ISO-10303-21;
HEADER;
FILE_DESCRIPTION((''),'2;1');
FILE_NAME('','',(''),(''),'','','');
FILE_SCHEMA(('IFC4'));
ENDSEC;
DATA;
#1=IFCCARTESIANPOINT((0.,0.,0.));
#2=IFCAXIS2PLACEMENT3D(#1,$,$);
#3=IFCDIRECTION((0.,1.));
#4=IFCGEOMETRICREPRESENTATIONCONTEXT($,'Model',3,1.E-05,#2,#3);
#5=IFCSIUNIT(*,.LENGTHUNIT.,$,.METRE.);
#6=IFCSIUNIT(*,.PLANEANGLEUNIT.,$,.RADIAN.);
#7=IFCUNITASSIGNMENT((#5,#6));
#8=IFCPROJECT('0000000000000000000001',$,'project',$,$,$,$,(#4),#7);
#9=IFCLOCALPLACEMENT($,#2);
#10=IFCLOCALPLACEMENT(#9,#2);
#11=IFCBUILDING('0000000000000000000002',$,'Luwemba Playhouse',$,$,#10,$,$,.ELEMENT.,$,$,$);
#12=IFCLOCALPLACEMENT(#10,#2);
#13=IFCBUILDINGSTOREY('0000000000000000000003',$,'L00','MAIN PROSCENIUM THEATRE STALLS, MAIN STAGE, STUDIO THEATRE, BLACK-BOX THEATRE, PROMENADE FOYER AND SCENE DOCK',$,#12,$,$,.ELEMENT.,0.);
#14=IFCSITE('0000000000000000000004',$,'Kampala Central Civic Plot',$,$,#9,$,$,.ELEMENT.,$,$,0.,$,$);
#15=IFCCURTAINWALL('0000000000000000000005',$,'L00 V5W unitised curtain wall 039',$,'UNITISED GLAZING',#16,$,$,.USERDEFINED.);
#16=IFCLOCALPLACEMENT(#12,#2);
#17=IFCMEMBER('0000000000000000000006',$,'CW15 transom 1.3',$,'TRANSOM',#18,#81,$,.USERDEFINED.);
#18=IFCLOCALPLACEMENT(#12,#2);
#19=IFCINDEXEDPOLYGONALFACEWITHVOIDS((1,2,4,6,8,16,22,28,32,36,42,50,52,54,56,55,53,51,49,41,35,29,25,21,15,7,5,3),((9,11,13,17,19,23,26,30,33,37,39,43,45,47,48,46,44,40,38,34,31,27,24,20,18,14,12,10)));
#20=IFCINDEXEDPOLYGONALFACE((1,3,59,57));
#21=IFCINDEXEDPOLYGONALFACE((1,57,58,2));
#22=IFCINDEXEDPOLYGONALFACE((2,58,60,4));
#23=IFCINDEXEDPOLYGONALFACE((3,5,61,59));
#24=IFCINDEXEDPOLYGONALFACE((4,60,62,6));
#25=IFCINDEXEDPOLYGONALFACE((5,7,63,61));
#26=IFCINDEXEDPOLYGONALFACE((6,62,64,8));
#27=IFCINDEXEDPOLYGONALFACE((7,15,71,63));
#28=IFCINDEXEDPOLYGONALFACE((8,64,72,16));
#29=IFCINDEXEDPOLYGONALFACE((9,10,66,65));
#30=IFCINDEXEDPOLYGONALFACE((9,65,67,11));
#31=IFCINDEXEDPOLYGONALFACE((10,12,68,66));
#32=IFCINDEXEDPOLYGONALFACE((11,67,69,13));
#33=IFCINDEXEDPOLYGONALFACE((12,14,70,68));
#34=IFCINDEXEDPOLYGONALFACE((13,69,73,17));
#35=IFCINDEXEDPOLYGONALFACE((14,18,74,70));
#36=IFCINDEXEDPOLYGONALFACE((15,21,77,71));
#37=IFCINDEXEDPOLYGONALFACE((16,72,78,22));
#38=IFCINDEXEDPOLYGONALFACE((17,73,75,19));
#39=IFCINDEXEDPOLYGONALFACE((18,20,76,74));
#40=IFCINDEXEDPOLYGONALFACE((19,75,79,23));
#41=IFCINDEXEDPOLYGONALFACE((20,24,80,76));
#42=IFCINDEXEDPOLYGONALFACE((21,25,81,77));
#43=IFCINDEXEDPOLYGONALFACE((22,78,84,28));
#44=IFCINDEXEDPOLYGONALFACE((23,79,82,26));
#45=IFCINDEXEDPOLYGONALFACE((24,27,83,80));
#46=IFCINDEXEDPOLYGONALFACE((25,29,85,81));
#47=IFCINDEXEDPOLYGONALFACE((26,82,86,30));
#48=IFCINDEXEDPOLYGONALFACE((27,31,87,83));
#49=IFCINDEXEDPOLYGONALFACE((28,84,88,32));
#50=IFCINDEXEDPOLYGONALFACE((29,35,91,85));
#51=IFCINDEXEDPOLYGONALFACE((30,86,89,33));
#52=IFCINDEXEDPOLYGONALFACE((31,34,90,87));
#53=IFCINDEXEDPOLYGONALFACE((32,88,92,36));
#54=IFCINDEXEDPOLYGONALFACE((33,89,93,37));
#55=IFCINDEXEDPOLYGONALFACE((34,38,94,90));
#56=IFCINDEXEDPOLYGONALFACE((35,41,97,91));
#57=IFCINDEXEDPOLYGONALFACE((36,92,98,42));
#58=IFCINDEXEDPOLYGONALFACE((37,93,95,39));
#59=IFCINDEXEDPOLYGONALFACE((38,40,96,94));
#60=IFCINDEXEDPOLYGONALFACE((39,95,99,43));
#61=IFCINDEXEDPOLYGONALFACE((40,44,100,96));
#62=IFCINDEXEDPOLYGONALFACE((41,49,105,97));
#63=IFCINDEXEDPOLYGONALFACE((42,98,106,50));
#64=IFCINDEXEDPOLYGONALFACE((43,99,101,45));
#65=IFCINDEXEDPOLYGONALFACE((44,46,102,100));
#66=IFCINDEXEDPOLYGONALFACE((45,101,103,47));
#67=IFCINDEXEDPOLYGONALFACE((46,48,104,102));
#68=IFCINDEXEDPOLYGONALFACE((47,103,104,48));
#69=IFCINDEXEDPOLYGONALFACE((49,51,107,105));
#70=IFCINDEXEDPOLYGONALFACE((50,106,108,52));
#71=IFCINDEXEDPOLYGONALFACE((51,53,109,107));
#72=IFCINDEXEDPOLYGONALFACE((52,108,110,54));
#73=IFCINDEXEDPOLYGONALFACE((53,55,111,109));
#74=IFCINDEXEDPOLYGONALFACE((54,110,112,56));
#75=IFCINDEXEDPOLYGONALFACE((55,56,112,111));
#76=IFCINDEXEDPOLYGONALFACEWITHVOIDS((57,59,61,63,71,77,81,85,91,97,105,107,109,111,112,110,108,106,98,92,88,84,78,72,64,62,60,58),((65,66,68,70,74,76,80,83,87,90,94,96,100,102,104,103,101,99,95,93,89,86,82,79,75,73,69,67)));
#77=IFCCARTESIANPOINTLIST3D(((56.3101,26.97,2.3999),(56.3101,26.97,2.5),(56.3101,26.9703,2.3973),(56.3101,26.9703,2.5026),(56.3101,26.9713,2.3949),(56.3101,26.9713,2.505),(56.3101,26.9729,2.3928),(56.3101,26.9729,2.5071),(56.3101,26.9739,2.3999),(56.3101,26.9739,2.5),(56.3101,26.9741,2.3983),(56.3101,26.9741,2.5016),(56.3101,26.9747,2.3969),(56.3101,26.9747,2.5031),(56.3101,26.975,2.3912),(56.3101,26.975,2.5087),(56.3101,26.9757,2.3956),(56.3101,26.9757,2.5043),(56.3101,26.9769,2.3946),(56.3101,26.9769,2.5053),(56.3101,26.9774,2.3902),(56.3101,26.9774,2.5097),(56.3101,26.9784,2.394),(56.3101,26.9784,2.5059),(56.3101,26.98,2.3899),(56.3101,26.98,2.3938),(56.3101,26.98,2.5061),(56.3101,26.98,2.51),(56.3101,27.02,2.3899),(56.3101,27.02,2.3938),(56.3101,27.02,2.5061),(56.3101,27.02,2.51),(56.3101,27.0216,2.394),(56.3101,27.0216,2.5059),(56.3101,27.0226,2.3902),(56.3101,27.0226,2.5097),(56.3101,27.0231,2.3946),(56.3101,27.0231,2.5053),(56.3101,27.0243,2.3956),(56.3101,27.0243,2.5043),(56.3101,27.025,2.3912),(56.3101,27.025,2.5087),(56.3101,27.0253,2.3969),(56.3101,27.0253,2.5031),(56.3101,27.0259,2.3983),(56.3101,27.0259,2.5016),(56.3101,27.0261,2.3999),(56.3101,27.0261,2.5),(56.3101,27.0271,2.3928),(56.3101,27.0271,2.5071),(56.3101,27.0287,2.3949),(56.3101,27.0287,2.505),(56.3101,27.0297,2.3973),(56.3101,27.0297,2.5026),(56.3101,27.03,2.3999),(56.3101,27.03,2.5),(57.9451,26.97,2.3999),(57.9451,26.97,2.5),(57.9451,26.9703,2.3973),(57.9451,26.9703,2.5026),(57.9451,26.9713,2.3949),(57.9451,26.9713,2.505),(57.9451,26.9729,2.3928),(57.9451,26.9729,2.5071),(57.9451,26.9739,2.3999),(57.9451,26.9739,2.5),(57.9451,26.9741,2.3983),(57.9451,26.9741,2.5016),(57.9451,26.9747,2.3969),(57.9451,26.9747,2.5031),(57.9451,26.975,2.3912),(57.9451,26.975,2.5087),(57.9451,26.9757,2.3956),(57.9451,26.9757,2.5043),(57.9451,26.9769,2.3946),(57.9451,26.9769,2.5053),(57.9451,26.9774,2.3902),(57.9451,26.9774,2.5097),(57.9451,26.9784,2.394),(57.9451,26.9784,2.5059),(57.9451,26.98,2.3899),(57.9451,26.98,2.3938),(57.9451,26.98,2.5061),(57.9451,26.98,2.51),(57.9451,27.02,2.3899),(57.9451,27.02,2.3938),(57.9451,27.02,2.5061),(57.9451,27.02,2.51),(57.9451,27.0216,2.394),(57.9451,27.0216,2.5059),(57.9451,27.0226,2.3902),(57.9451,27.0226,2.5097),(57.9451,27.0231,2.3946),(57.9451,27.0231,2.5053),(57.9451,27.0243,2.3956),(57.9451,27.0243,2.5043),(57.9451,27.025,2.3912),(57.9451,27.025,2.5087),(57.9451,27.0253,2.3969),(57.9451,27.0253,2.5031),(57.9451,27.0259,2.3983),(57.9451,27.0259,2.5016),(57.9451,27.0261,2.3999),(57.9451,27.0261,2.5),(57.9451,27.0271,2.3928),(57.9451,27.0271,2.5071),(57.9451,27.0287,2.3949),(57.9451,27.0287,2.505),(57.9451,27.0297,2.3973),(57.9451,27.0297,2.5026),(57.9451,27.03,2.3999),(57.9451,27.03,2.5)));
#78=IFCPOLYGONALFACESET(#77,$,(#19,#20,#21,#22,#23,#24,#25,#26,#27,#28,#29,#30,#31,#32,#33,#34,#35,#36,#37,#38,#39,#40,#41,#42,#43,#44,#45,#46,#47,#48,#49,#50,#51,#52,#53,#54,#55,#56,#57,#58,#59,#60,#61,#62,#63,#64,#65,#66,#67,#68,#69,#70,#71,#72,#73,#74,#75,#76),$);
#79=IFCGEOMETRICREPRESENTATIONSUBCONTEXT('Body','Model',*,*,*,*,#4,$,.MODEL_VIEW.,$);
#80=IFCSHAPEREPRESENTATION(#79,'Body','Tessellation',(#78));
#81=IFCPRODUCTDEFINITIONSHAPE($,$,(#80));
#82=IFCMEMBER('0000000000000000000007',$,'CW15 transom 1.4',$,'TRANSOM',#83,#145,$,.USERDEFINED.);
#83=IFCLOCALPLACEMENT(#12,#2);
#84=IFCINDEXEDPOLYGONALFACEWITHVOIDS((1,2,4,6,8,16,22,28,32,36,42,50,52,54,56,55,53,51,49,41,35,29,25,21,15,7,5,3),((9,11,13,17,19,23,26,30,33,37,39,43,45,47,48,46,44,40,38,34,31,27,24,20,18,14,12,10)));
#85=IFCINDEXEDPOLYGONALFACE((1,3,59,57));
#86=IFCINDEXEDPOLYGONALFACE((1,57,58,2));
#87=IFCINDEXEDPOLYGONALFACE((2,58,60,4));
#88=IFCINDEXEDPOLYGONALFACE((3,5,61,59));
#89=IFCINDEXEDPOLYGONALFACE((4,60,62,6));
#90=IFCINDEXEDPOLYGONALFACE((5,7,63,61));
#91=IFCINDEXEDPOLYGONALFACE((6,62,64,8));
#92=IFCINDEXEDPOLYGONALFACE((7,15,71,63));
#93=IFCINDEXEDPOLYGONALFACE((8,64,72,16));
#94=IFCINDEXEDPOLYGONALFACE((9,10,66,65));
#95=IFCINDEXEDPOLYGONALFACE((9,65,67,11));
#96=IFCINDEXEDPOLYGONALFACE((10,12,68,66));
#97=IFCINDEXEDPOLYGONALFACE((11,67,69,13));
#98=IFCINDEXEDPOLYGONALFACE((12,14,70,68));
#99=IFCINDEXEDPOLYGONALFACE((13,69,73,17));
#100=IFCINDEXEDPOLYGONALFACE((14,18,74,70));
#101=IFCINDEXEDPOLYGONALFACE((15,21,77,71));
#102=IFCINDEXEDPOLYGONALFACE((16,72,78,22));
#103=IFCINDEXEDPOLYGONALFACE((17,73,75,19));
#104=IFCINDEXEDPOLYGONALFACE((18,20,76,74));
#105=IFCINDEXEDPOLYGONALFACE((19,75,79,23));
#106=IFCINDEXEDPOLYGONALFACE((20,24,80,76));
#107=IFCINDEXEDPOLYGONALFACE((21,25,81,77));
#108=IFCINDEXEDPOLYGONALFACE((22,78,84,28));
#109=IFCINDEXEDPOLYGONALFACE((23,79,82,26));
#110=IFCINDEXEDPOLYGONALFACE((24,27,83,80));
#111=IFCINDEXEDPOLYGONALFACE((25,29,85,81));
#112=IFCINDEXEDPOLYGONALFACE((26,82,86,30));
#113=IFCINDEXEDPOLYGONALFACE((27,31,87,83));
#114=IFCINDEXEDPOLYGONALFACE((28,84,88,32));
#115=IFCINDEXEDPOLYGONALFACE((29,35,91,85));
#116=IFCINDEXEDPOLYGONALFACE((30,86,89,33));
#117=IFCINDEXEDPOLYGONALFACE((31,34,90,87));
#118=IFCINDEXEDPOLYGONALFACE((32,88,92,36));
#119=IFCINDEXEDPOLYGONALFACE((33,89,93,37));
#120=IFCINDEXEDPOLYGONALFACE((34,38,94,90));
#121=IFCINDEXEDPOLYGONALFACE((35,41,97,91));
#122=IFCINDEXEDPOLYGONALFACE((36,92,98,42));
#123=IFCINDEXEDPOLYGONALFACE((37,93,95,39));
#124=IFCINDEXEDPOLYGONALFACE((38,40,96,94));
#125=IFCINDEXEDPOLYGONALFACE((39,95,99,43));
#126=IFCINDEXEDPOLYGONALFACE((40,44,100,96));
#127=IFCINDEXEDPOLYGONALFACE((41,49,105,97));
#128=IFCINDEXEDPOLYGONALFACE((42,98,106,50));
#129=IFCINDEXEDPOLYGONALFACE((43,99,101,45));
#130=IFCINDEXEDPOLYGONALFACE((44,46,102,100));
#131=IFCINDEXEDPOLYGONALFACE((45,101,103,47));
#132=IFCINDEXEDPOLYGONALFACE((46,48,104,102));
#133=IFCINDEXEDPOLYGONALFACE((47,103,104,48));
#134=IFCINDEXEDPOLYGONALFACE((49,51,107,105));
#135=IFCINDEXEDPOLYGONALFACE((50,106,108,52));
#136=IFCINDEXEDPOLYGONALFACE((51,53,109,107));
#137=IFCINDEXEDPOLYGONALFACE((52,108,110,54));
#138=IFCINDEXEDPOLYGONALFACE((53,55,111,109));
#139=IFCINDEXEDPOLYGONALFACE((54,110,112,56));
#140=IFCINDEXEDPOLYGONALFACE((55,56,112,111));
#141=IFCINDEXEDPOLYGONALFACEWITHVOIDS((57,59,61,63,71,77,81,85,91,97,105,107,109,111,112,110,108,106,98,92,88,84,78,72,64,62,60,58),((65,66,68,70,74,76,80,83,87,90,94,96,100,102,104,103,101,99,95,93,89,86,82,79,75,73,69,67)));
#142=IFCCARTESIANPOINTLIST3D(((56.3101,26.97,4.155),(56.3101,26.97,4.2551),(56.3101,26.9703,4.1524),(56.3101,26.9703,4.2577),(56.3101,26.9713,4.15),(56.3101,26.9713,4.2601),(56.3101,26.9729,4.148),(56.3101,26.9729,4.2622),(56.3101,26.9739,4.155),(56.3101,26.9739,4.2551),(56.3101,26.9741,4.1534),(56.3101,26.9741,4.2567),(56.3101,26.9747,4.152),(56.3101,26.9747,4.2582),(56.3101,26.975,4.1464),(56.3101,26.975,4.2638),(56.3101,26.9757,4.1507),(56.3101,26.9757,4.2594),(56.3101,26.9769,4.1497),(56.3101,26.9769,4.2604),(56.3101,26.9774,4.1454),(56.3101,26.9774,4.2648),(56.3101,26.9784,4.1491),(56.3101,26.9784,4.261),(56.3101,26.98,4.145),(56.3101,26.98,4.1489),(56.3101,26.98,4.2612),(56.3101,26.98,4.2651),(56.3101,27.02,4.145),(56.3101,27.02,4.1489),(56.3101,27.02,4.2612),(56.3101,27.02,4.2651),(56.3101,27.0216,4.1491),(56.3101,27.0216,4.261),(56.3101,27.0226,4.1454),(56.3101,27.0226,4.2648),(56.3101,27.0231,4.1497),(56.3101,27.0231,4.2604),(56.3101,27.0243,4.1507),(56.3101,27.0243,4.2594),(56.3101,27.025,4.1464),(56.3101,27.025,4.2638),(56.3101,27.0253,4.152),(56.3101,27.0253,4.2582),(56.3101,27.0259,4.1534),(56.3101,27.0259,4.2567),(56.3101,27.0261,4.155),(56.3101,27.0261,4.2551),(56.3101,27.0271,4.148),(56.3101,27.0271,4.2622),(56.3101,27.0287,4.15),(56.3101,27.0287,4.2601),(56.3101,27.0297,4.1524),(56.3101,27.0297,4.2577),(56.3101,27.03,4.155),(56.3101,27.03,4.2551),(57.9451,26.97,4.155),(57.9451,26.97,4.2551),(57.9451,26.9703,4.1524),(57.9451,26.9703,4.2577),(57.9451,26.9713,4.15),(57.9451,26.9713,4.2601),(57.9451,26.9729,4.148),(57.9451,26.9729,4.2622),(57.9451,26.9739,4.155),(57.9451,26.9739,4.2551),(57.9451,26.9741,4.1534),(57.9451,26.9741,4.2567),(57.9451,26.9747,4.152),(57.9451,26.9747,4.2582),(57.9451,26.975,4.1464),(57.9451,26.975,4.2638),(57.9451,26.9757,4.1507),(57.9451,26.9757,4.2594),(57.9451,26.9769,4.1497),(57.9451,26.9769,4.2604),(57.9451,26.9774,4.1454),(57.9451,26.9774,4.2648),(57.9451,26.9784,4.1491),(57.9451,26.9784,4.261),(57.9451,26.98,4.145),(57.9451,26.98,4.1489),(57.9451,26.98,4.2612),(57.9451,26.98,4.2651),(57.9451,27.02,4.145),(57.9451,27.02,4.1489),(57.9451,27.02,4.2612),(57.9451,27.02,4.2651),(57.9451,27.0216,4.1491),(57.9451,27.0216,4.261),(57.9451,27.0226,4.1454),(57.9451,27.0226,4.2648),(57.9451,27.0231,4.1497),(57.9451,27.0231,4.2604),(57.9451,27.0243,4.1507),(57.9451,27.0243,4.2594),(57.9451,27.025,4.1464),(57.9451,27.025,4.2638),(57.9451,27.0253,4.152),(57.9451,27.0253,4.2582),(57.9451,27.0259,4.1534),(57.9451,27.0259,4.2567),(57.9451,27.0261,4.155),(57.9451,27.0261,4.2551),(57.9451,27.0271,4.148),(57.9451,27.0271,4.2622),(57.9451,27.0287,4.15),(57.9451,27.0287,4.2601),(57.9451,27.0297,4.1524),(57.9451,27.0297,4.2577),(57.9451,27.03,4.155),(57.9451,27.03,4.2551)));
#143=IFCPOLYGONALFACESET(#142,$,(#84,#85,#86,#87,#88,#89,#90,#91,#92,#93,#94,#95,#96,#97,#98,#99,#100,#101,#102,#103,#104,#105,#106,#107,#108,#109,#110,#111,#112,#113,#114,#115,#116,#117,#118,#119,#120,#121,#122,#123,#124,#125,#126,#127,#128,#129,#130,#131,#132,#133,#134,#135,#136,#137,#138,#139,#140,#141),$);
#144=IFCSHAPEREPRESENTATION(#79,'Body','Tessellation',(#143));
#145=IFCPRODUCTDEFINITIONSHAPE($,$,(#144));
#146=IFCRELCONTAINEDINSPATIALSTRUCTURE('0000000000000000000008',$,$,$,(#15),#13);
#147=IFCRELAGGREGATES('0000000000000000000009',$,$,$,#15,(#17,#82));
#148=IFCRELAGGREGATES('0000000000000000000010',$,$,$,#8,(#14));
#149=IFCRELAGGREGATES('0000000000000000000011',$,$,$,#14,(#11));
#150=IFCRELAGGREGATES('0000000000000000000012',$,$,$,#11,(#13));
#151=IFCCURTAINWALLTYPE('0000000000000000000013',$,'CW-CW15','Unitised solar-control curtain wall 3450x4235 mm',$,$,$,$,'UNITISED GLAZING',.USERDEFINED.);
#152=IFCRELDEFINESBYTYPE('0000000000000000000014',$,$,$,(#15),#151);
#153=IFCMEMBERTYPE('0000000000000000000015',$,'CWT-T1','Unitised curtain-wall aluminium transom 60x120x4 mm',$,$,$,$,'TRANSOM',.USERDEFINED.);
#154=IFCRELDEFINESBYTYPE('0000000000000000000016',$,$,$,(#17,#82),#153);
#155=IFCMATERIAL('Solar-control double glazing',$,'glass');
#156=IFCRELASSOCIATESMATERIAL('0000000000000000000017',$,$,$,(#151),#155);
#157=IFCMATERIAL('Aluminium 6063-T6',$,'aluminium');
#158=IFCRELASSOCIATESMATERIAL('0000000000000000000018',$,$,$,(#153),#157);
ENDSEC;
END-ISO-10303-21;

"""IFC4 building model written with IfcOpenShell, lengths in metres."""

from ifc_helpers import new_model, si_unit, direction, frame, origin, origin_2d, place, context, subcontext, project, spatial, hollow_rectangle, extrude, material, material_profile, profile_set, type_object, element, aggregate, save


model = new_model("IFC4")

# Units and contexts
model_context = context("Model", 3, precision=1e-05, world=origin(), true_north=direction((0.0, 1.0)))
body_context = subcontext(model_context, "Body", "Model", "MODEL_VIEW")
ifc_project = project(units=[si_unit("LENGTHUNIT", "METRE"), si_unit("PLANEANGLEUNIT", "RADIAN")], contexts=[model_context])

# Site, building, storey
site_placement = place(None, origin())
site = spatial("IfcSite", under=ifc_project, at=site_placement, Name="Kampala Central Civic Plot", CompositionType="ELEMENT", RefElevation=0.0)
building_placement = place(site_placement, origin())
building = spatial("IfcBuilding", under=site, at=building_placement, Name="Luwemba Playhouse", CompositionType="ELEMENT")
storey_placement = place(building_placement, origin())
storey = spatial("IfcBuildingStorey", under=building, at=storey_placement, Name="L00", Description="MAIN PROSCENIUM THEATRE STALLS, MAIN STAGE, STUDIO THEATRE, BLACK-BOX THEATRE, PROMENADE FOYER AND SCENE DOCK", CompositionType="ELEMENT", Elevation=0.0)

# Curtain wall
ifc_material_1 = material(Name="Solar-control double glazing", Category="glass")
curtain_wall_type_1 = type_object("IfcCurtainWallType", Name="CW-CW15", Description="Unitised solar-control curtain wall 3450x4235 mm", ElementType="UNITISED GLAZING", PredefinedType="USERDEFINED", material=ifc_material_1)
curtain_wall_1_placement = place(storey_placement, origin())
curtain_wall_1 = element("IfcCurtainWall", 1, at=curtain_wall_1_placement, inside=storey, type_object=curtain_wall_type_1, Name="L00 V5W unitised curtain wall 039", ObjectType="UNITISED GLAZING", PredefinedType="USERDEFINED")
ifc_material_2 = material(Name="Aluminium 6063-T6", Category="aluminium")

# Members
ifc_material_profile_1 = material_profile(ifc_material_2, hollow_rectangle(XDim=0.0601, YDim=0.1201, WallThickness=0.0039, InnerFilletRadius=0.0061, OuterFilletRadius=0.01, at=origin_2d()))
ifc_profile_set_1 = profile_set([ifc_material_profile_1], Name="Aluminium 6063-T6")
member_type_1 = type_object("IfcMemberType", Name="CWT-T1", Description="Unitised curtain-wall aluminium transom 60x120x4 mm", ElementType="TRANSOM", PredefinedType="USERDEFINED", material=ifc_profile_set_1)
member_1_placement = place(storey_placement, frame((56.3101, 27.0, 2.45), z_axis=(1.0, 0.0, 0.0), x_axis=(0.0, 1.0, 0.0)))
member_1 = element("IfcMember", 2, at=member_1_placement, type_object=member_type_1, Name="CW15 transom 1.3", ObjectType="TRANSOM", PredefinedType="USERDEFINED", context=body_context, shape_type="SweptSolid", body=[
    extrude(hollow_rectangle(XDim=0.0601, YDim=0.1201, WallThickness=0.0039, InnerFilletRadius=0.0061, OuterFilletRadius=0.01, at=origin_2d()), origin(), (0.0, 0.0, 1.0), 1.635),
])
member_2_placement = place(storey_placement, frame((56.3101, 27.0, 4.2051), z_axis=(1.0, 0.0, 0.0), x_axis=(0.0, 1.0, 0.0)))
member_2 = element("IfcMember", 3, at=member_2_placement, type_object=member_type_1, Name="CW15 transom 1.4", ObjectType="TRANSOM", PredefinedType="USERDEFINED", context=body_context, shape_type="SweptSolid", body=[
    extrude(hollow_rectangle(XDim=0.0601, YDim=0.1201, WallThickness=0.0039, InnerFilletRadius=0.0061, OuterFilletRadius=0.01, at=origin_2d()), origin(), (0.0, 0.0, 1.0), 1.635),
])

aggregate(curtain_wall_1, [member_1, member_2])

save(model, "model.ifc")
